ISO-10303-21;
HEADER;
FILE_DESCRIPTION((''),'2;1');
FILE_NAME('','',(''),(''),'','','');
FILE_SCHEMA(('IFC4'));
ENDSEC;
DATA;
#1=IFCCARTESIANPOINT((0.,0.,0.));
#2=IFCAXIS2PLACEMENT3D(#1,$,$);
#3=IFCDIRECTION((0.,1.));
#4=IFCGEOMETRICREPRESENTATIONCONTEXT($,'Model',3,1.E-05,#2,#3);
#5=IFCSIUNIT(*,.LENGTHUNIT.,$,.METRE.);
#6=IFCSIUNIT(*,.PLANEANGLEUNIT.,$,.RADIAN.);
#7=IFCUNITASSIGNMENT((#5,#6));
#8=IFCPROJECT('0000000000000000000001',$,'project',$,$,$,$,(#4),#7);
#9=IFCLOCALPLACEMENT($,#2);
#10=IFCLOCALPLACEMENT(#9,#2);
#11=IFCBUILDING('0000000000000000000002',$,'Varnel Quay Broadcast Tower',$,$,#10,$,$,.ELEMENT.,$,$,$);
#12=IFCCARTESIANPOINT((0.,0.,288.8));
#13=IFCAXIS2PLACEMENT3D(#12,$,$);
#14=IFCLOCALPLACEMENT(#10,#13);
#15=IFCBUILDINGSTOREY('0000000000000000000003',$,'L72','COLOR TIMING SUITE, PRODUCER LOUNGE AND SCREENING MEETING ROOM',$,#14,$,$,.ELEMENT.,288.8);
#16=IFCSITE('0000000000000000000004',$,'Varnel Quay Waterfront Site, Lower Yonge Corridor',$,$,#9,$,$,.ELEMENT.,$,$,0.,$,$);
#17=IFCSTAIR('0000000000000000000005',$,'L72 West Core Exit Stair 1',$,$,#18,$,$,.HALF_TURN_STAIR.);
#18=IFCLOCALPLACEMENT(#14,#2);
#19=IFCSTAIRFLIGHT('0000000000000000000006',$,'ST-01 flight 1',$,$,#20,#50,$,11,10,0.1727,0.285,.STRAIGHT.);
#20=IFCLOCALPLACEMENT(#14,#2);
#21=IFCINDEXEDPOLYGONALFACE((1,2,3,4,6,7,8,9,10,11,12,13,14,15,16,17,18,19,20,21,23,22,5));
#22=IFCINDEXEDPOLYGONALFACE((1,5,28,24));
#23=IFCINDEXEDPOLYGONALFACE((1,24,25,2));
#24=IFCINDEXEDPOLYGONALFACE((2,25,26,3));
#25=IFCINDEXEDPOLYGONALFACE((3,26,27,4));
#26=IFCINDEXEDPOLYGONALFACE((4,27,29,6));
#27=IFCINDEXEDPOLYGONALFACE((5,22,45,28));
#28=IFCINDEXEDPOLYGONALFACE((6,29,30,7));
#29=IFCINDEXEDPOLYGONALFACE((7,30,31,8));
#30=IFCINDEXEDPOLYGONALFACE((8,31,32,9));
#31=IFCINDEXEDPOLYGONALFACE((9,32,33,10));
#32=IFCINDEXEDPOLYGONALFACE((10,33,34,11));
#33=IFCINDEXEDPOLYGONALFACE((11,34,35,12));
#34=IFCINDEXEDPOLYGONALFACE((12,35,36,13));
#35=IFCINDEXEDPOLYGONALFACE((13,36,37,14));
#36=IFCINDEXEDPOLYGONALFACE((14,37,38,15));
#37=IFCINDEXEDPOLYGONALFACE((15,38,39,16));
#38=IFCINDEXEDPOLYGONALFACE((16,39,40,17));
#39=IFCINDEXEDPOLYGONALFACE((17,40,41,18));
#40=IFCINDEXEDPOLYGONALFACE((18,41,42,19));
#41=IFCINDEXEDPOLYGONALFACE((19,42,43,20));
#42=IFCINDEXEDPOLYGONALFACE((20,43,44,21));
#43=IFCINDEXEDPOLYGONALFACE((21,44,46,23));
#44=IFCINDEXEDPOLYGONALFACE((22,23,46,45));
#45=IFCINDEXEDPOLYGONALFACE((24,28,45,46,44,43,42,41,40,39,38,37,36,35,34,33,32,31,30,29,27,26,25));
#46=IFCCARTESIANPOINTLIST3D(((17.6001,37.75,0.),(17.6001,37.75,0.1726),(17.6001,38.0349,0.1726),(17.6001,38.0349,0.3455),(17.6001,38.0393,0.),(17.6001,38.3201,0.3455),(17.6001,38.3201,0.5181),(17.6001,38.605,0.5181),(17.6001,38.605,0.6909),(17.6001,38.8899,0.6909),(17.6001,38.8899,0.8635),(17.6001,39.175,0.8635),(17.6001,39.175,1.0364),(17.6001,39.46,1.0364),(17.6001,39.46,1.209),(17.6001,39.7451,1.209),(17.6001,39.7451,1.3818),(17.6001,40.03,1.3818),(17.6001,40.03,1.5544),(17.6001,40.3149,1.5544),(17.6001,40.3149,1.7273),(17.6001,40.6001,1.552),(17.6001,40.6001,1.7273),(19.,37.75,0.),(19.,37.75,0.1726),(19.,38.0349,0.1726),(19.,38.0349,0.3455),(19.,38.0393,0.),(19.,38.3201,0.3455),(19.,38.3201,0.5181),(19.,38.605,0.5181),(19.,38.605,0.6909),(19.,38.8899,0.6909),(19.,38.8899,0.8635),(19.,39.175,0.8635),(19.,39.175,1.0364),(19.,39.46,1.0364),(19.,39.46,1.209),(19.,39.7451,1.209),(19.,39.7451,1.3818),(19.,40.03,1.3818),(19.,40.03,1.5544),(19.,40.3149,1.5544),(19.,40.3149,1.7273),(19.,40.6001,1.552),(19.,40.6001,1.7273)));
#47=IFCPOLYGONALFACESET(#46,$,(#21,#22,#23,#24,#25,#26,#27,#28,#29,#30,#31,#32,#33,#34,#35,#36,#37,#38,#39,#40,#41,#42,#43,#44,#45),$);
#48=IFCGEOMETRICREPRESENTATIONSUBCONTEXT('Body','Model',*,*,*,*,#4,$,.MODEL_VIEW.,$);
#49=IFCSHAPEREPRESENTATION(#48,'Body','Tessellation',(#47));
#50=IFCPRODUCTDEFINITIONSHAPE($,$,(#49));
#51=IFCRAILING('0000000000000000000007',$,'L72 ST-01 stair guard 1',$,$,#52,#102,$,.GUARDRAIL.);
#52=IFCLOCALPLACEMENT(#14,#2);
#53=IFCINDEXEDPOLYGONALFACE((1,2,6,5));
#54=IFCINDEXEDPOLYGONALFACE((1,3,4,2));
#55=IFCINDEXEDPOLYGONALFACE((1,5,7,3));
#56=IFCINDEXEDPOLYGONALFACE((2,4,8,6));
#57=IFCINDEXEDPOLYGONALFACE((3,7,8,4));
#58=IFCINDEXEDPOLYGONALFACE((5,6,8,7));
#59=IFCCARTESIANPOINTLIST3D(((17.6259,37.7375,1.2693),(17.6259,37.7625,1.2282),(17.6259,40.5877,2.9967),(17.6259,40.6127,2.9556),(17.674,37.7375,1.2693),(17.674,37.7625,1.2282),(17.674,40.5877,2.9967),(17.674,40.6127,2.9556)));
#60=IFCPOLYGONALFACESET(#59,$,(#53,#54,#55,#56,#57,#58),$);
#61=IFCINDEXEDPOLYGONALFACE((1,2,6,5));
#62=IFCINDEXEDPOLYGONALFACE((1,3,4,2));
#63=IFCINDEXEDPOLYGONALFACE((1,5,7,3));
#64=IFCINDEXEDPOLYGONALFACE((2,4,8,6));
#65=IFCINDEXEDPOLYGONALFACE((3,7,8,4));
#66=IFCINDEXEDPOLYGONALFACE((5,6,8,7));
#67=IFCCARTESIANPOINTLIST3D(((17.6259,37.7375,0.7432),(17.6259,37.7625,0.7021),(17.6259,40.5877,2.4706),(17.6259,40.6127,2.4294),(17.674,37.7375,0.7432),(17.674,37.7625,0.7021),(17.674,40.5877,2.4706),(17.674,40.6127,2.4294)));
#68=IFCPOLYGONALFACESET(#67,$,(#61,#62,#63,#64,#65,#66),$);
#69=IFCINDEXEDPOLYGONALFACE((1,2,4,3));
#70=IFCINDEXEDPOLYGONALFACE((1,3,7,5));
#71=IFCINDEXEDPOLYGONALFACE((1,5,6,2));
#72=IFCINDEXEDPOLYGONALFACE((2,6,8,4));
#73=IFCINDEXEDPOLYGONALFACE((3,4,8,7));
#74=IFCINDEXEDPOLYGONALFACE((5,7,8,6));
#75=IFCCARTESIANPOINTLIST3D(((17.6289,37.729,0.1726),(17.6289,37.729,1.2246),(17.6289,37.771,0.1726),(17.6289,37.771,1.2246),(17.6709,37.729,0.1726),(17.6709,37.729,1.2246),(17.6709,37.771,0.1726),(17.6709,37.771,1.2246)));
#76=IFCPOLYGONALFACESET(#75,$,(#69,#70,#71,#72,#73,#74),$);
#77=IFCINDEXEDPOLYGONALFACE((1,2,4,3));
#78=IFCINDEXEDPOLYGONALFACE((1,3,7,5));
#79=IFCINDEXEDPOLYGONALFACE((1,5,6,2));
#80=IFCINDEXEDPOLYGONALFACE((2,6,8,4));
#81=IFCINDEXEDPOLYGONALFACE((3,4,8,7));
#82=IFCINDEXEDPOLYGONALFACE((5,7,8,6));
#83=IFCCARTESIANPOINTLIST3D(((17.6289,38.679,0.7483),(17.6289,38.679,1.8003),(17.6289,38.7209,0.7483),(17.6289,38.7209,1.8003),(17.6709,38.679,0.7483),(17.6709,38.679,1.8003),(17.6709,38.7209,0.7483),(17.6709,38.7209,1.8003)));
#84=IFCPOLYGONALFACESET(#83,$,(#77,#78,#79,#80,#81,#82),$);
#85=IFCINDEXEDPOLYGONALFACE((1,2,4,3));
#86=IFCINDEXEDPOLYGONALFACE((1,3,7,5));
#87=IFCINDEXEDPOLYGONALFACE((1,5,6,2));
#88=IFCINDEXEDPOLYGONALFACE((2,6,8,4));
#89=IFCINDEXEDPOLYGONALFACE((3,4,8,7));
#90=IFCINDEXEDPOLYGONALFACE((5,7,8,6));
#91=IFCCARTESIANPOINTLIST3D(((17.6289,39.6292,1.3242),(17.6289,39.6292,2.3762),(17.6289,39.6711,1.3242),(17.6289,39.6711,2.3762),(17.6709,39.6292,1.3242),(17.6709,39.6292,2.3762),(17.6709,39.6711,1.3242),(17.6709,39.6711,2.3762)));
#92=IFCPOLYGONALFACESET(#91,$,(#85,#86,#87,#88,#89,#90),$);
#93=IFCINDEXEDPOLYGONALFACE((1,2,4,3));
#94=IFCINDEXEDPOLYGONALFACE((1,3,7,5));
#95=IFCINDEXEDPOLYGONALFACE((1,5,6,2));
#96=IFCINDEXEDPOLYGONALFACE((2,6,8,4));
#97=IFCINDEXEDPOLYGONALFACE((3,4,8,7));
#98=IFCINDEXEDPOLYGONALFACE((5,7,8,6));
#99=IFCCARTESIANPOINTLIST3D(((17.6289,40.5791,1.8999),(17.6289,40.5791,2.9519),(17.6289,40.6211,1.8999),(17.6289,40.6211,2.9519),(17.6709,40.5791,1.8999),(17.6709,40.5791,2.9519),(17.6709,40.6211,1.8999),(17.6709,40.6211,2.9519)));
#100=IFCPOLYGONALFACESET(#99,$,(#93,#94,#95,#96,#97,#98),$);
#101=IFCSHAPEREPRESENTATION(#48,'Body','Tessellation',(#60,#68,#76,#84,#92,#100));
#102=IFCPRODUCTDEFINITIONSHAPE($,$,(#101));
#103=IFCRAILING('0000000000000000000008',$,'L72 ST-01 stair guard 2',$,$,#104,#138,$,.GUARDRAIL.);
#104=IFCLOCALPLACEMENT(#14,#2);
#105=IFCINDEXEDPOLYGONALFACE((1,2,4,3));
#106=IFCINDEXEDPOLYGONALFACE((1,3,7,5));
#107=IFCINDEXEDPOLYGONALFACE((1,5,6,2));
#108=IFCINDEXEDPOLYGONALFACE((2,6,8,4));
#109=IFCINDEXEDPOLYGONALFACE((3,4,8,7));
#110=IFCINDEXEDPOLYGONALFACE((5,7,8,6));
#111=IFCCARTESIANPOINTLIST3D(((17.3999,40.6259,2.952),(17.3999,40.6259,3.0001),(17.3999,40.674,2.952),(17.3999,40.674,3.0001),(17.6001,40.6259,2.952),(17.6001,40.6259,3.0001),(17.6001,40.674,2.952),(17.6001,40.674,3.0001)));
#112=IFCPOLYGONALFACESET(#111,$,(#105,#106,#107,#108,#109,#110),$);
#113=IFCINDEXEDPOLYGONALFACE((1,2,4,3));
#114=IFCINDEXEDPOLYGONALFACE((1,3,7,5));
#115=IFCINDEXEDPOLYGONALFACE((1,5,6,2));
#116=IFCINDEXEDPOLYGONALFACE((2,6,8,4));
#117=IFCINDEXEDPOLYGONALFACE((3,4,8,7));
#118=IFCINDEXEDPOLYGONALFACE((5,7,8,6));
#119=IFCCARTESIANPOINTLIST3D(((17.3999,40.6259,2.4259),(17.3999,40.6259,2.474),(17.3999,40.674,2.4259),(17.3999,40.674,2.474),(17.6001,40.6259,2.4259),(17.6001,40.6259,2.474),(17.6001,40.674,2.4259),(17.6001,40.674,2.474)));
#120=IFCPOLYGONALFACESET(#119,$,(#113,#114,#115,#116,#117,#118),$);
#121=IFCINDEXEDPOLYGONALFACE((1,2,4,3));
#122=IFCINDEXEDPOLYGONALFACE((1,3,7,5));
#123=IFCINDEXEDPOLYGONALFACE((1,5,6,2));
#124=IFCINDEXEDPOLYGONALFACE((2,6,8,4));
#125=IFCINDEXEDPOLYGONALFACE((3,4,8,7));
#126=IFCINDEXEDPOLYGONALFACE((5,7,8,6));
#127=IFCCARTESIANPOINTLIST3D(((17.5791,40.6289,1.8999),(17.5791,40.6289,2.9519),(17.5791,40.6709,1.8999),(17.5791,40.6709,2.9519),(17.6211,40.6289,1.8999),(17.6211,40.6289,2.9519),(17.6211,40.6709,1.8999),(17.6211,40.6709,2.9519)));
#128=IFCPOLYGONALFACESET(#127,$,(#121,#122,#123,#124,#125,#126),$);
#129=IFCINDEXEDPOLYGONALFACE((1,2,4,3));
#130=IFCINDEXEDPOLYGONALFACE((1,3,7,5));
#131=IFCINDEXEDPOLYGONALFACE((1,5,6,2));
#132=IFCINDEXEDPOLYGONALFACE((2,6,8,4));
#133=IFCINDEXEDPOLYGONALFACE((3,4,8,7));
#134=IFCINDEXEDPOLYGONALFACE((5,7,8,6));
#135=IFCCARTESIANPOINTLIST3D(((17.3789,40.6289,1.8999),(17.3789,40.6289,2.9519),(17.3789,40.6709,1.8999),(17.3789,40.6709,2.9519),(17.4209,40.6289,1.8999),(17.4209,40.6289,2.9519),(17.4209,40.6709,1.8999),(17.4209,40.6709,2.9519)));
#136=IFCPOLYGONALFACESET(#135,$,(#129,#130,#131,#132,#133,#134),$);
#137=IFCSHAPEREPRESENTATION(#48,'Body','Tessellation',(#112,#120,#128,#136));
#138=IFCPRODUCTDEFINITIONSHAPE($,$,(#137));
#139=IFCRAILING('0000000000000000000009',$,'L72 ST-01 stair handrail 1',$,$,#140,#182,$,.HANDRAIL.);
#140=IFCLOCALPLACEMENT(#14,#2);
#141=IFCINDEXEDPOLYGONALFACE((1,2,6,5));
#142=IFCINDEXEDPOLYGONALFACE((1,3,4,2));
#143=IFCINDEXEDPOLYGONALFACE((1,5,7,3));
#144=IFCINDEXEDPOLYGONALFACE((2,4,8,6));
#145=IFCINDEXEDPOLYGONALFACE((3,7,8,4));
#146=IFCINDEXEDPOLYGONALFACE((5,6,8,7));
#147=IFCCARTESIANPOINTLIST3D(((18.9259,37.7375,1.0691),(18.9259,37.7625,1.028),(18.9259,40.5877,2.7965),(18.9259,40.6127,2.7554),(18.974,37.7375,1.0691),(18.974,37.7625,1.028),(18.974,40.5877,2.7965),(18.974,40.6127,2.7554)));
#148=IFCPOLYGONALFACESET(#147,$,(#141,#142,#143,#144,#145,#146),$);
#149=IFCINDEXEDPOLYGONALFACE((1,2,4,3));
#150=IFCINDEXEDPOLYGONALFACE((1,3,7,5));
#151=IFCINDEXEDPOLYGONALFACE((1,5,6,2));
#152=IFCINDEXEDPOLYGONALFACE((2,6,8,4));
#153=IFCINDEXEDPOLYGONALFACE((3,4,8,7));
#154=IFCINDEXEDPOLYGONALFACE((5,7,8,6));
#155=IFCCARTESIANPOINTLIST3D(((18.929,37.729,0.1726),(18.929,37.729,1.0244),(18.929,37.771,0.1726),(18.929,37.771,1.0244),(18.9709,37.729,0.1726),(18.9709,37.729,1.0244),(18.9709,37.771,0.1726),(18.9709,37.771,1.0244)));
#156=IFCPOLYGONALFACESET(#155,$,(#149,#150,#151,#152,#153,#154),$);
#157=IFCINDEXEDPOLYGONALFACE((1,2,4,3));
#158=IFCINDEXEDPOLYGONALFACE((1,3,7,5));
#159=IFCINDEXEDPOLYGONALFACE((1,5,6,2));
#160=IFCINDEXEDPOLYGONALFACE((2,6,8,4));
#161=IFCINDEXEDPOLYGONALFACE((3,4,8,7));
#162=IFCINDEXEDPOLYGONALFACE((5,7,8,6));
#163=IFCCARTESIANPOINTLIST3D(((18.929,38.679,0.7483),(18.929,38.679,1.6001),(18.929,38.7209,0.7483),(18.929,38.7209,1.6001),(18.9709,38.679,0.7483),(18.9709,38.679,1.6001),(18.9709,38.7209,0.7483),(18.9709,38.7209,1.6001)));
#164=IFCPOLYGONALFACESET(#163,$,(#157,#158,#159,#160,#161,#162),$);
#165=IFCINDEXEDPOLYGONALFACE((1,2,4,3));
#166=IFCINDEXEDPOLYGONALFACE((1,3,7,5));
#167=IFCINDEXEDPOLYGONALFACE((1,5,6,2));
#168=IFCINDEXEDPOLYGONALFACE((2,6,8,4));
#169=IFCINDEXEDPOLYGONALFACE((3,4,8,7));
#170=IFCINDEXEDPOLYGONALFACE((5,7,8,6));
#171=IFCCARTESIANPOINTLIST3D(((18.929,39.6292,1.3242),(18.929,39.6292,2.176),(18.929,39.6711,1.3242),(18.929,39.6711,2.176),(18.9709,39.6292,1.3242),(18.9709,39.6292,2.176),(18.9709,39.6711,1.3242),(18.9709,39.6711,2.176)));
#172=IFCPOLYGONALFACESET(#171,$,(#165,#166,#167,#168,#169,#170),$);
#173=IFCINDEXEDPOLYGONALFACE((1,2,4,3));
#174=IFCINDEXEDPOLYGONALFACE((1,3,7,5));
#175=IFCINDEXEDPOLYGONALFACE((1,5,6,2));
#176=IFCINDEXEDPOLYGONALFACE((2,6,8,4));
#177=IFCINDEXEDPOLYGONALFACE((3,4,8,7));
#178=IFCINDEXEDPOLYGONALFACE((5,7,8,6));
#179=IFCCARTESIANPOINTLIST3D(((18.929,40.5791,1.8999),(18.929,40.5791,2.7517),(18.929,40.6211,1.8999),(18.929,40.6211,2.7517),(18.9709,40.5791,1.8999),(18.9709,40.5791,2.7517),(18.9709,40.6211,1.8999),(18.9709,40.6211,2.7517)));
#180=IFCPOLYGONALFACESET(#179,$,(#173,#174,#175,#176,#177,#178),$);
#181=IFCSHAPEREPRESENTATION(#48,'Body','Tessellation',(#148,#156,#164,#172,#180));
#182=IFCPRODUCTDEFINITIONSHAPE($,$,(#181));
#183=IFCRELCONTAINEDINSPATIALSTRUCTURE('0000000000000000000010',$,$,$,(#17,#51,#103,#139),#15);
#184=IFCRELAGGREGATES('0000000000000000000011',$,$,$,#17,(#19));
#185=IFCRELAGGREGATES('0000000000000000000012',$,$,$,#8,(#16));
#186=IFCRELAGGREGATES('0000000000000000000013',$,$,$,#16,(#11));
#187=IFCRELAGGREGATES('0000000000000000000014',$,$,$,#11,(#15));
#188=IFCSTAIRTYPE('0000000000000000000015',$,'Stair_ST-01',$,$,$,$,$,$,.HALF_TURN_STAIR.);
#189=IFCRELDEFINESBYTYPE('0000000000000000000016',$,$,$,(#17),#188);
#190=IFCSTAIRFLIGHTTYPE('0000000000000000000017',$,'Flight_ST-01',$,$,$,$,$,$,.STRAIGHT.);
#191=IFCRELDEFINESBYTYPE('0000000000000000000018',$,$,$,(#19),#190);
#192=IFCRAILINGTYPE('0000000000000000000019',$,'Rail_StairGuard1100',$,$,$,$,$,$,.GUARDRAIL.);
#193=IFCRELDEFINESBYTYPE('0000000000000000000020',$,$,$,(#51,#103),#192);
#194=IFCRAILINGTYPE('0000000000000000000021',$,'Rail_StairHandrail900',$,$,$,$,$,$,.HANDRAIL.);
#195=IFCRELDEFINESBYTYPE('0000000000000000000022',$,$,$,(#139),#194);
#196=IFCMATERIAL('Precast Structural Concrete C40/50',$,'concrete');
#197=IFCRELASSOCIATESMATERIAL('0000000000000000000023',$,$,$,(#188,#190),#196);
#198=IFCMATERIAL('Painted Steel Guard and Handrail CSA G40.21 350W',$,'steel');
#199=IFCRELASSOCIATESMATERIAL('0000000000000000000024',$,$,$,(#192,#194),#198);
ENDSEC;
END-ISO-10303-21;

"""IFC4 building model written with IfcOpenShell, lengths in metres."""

from ifc_helpers import new_model, si_unit, direction, frame, origin, origin_2d, place, context, subcontext, project, spatial, polyline, rectangle, outline, extrude, material, type_object, element, aggregate, save


model = new_model("IFC4")

# Units and contexts
model_context = context("Model", 3, precision=1e-05, world=origin(), true_north=direction((0.0, 1.0)))
body_context = subcontext(model_context, "Body", "Model", "MODEL_VIEW")
ifc_project = project(units=[si_unit("LENGTHUNIT", "METRE"), si_unit("PLANEANGLEUNIT", "RADIAN")], contexts=[model_context])

# Site, building, storey
site_placement = place(None, origin())
site = spatial("IfcSite", under=ifc_project, at=site_placement, Name="Varnel Quay Waterfront Site, Lower Yonge Corridor", CompositionType="ELEMENT", RefElevation=0.0)
building_placement = place(site_placement, origin())
building = spatial("IfcBuilding", under=site, at=building_placement, Name="Varnel Quay Broadcast Tower", CompositionType="ELEMENT")
storey_placement = place(building_placement, frame((0.0, 0.0, 288.8)))
storey = spatial("IfcBuildingStorey", under=building, at=storey_placement, Name="L72", Description="COLOR TIMING SUITE, PRODUCER LOUNGE AND SCREENING MEETING ROOM", CompositionType="ELEMENT", Elevation=288.8)

# Stair, stair flight
ifc_material_1 = material(Name="Precast Structural Concrete C40/50", Category="concrete")
stair_type = type_object("IfcStairType", Name="Stair_ST-01", PredefinedType="HALF_TURN_STAIR", material=ifc_material_1)
stair_placement = place(storey_placement, origin())
stair = element("IfcStair", 1, at=stair_placement, inside=storey, type_object=stair_type, Name="L72 West Core Exit Stair 1", PredefinedType="HALF_TURN_STAIR")
stair_flight_type = type_object("IfcStairFlightType", Name="Flight_ST-01", PredefinedType="STRAIGHT", material=ifc_material_1)
stair_flight_placement = place(storey_placement, frame((18.3, 37.75, 0.0), z_axis=(0.0, 0.0, 1.0), x_axis=(0.0, 1.0, 0.0)))
stair_flight = element("IfcStairFlight", 2, at=stair_flight_placement, type_object=stair_flight_type, Name="ST-01 flight 1", NumberOfRisers=11, NumberOfTreads=10, PredefinedType="STRAIGHT", RiserHeight=0.1727, TreadLength=0.285, context=body_context, shape_type="SweptSolid", body=[
    extrude(outline(polyline([(0.0, 0.0), (0.0, 0.1726), (0.2849, 0.1726), (0.2849, 0.3455), (0.5701, 0.3455), (0.5701, 0.5181), (0.855, 0.5181), (0.855, 0.6909), (1.1399, 0.6909), (1.1399, 0.8635), (1.425, 0.8635), (1.425, 1.0364), (1.71, 1.0364), (1.71, 1.209), (1.9951, 1.209), (1.9951, 1.3818), (2.28, 1.3818), (2.28, 1.5544), (2.5649, 1.5544), (2.5649, 1.7273), (2.8501, 1.7273), (2.8501, 1.8999), (2.8501, 1.552), (0.2893, 0.0), (0.0, 0.0)])), frame((0.0, 0.7, 0.0), z_axis=(0.0, -1.0, 0.0), x_axis=(1.0, 0.0, 0.0)), (0.0, 0.0, 1.0), 1.3999),
])
aggregate(stair, [stair_flight])

# Railings
ifc_material_2 = material(Name="Painted Steel Guard and Handrail CSA G40.21 350W", Category="steel")
railing_type_1 = type_object("IfcRailingType", Name="Rail_StairGuard1100", PredefinedType="GUARDRAIL", material=ifc_material_2)
railing_1_placement = place(storey_placement, frame((17.6499, 37.75, 0.1726)))
element("IfcRailing", 3, at=railing_1_placement, inside=storey, type_object=railing_type_1, Name="L72 ST-01 stair guard 1", PredefinedType="GUARDRAIL", context=body_context, shape_type="SweptSolid", body=[
    extrude(rectangle(XDim=0.0481, YDim=0.0481, at=origin_2d()), frame((0.0, 0.0, 1.0762), z_axis=(0.0, 0.855203, 0.518294), x_axis=(-1.0, 0.0, 0.0)), (0.0, 0.0, 1.0), 3.3328),
    extrude(rectangle(XDim=0.0481, YDim=0.0481, at=origin_2d()), frame((0.0, 0.0, 0.55), z_axis=(0.0, 0.855203, 0.518294), x_axis=(-1.0, 0.0, 0.0)), (0.0, 0.0, 1.0), 3.3328),
    extrude(rectangle(XDim=0.042, YDim=0.042, at=origin_2d()), origin(), (0.0, 0.0, 1.0), 1.052),
    extrude(rectangle(XDim=0.042, YDim=0.042, at=origin_2d()), frame((0.0, 0.95, 0.5757)), (0.0, 0.0, 1.0), 1.052),
    extrude(rectangle(XDim=0.042, YDim=0.042, at=origin_2d()), frame((0.0, 1.9001, 1.1516)), (0.0, 0.0, 1.0), 1.052),
    extrude(rectangle(XDim=0.042, YDim=0.042, at=origin_2d()), frame((0.0, 2.8501, 1.7273)), (0.0, 0.0, 1.0), 1.052),
])
railing_2_placement = place(storey_placement, frame((17.6001, 40.6499, 1.8999)))
element("IfcRailing", 4, at=railing_2_placement, inside=storey, type_object=railing_type_1, Name="L72 ST-01 stair guard 2", PredefinedType="GUARDRAIL", context=body_context, shape_type="SweptSolid", body=[
    extrude(rectangle(XDim=0.0481, YDim=0.0481, at=origin_2d()), frame((0.0, 0.0, 1.0762), z_axis=(-1.0, 0.0, 0.0), x_axis=(0.0, -1.0, 0.0)), (0.0, 0.0, 1.0), 0.2002),
    extrude(rectangle(XDim=0.0481, YDim=0.0481, at=origin_2d()), frame((0.0, 0.0, 0.55), z_axis=(-1.0, 0.0, 0.0), x_axis=(0.0, -1.0, 0.0)), (0.0, 0.0, 1.0), 0.2002),
    extrude(rectangle(XDim=0.042, YDim=0.042, at=origin_2d()), origin(), (0.0, 0.0, 1.0), 1.052),
    extrude(rectangle(XDim=0.042, YDim=0.042, at=origin_2d()), frame((-0.2002, 0.0, 0.0)), (0.0, 0.0, 1.0), 1.052),
])
railing_type_2 = type_object("IfcRailingType", Name="Rail_StairHandrail900", PredefinedType="HANDRAIL", material=ifc_material_2)
railing_3_placement = place(storey_placement, frame((18.95, 37.75, 0.1726)))
element("IfcRailing", 5, at=railing_3_placement, inside=storey, type_object=railing_type_2, Name="L72 ST-01 stair handrail 1", PredefinedType="HANDRAIL", context=body_context, shape_type="SweptSolid", body=[
    extrude(rectangle(XDim=0.0481, YDim=0.0481, at=origin_2d()), frame((0.0, 0.0, 0.876), z_axis=(0.0, 0.855203, 0.518294), x_axis=(-1.0, 0.0, 0.0)), (0.0, 0.0, 1.0), 3.3328),
    extrude(rectangle(XDim=0.042, YDim=0.042, at=origin_2d()), origin(), (0.0, 0.0, 1.0), 0.8518),
    extrude(rectangle(XDim=0.042, YDim=0.042, at=origin_2d()), frame((0.0, 0.95, 0.5757)), (0.0, 0.0, 1.0), 0.8518),
    extrude(rectangle(XDim=0.042, YDim=0.042, at=origin_2d()), frame((0.0, 1.9001, 1.1516)), (0.0, 0.0, 1.0), 0.8518),
    extrude(rectangle(XDim=0.042, YDim=0.042, at=origin_2d()), frame((0.0, 2.8501, 1.7273)), (0.0, 0.0, 1.0), 0.8518),
])

save(model, "model.ifc")
